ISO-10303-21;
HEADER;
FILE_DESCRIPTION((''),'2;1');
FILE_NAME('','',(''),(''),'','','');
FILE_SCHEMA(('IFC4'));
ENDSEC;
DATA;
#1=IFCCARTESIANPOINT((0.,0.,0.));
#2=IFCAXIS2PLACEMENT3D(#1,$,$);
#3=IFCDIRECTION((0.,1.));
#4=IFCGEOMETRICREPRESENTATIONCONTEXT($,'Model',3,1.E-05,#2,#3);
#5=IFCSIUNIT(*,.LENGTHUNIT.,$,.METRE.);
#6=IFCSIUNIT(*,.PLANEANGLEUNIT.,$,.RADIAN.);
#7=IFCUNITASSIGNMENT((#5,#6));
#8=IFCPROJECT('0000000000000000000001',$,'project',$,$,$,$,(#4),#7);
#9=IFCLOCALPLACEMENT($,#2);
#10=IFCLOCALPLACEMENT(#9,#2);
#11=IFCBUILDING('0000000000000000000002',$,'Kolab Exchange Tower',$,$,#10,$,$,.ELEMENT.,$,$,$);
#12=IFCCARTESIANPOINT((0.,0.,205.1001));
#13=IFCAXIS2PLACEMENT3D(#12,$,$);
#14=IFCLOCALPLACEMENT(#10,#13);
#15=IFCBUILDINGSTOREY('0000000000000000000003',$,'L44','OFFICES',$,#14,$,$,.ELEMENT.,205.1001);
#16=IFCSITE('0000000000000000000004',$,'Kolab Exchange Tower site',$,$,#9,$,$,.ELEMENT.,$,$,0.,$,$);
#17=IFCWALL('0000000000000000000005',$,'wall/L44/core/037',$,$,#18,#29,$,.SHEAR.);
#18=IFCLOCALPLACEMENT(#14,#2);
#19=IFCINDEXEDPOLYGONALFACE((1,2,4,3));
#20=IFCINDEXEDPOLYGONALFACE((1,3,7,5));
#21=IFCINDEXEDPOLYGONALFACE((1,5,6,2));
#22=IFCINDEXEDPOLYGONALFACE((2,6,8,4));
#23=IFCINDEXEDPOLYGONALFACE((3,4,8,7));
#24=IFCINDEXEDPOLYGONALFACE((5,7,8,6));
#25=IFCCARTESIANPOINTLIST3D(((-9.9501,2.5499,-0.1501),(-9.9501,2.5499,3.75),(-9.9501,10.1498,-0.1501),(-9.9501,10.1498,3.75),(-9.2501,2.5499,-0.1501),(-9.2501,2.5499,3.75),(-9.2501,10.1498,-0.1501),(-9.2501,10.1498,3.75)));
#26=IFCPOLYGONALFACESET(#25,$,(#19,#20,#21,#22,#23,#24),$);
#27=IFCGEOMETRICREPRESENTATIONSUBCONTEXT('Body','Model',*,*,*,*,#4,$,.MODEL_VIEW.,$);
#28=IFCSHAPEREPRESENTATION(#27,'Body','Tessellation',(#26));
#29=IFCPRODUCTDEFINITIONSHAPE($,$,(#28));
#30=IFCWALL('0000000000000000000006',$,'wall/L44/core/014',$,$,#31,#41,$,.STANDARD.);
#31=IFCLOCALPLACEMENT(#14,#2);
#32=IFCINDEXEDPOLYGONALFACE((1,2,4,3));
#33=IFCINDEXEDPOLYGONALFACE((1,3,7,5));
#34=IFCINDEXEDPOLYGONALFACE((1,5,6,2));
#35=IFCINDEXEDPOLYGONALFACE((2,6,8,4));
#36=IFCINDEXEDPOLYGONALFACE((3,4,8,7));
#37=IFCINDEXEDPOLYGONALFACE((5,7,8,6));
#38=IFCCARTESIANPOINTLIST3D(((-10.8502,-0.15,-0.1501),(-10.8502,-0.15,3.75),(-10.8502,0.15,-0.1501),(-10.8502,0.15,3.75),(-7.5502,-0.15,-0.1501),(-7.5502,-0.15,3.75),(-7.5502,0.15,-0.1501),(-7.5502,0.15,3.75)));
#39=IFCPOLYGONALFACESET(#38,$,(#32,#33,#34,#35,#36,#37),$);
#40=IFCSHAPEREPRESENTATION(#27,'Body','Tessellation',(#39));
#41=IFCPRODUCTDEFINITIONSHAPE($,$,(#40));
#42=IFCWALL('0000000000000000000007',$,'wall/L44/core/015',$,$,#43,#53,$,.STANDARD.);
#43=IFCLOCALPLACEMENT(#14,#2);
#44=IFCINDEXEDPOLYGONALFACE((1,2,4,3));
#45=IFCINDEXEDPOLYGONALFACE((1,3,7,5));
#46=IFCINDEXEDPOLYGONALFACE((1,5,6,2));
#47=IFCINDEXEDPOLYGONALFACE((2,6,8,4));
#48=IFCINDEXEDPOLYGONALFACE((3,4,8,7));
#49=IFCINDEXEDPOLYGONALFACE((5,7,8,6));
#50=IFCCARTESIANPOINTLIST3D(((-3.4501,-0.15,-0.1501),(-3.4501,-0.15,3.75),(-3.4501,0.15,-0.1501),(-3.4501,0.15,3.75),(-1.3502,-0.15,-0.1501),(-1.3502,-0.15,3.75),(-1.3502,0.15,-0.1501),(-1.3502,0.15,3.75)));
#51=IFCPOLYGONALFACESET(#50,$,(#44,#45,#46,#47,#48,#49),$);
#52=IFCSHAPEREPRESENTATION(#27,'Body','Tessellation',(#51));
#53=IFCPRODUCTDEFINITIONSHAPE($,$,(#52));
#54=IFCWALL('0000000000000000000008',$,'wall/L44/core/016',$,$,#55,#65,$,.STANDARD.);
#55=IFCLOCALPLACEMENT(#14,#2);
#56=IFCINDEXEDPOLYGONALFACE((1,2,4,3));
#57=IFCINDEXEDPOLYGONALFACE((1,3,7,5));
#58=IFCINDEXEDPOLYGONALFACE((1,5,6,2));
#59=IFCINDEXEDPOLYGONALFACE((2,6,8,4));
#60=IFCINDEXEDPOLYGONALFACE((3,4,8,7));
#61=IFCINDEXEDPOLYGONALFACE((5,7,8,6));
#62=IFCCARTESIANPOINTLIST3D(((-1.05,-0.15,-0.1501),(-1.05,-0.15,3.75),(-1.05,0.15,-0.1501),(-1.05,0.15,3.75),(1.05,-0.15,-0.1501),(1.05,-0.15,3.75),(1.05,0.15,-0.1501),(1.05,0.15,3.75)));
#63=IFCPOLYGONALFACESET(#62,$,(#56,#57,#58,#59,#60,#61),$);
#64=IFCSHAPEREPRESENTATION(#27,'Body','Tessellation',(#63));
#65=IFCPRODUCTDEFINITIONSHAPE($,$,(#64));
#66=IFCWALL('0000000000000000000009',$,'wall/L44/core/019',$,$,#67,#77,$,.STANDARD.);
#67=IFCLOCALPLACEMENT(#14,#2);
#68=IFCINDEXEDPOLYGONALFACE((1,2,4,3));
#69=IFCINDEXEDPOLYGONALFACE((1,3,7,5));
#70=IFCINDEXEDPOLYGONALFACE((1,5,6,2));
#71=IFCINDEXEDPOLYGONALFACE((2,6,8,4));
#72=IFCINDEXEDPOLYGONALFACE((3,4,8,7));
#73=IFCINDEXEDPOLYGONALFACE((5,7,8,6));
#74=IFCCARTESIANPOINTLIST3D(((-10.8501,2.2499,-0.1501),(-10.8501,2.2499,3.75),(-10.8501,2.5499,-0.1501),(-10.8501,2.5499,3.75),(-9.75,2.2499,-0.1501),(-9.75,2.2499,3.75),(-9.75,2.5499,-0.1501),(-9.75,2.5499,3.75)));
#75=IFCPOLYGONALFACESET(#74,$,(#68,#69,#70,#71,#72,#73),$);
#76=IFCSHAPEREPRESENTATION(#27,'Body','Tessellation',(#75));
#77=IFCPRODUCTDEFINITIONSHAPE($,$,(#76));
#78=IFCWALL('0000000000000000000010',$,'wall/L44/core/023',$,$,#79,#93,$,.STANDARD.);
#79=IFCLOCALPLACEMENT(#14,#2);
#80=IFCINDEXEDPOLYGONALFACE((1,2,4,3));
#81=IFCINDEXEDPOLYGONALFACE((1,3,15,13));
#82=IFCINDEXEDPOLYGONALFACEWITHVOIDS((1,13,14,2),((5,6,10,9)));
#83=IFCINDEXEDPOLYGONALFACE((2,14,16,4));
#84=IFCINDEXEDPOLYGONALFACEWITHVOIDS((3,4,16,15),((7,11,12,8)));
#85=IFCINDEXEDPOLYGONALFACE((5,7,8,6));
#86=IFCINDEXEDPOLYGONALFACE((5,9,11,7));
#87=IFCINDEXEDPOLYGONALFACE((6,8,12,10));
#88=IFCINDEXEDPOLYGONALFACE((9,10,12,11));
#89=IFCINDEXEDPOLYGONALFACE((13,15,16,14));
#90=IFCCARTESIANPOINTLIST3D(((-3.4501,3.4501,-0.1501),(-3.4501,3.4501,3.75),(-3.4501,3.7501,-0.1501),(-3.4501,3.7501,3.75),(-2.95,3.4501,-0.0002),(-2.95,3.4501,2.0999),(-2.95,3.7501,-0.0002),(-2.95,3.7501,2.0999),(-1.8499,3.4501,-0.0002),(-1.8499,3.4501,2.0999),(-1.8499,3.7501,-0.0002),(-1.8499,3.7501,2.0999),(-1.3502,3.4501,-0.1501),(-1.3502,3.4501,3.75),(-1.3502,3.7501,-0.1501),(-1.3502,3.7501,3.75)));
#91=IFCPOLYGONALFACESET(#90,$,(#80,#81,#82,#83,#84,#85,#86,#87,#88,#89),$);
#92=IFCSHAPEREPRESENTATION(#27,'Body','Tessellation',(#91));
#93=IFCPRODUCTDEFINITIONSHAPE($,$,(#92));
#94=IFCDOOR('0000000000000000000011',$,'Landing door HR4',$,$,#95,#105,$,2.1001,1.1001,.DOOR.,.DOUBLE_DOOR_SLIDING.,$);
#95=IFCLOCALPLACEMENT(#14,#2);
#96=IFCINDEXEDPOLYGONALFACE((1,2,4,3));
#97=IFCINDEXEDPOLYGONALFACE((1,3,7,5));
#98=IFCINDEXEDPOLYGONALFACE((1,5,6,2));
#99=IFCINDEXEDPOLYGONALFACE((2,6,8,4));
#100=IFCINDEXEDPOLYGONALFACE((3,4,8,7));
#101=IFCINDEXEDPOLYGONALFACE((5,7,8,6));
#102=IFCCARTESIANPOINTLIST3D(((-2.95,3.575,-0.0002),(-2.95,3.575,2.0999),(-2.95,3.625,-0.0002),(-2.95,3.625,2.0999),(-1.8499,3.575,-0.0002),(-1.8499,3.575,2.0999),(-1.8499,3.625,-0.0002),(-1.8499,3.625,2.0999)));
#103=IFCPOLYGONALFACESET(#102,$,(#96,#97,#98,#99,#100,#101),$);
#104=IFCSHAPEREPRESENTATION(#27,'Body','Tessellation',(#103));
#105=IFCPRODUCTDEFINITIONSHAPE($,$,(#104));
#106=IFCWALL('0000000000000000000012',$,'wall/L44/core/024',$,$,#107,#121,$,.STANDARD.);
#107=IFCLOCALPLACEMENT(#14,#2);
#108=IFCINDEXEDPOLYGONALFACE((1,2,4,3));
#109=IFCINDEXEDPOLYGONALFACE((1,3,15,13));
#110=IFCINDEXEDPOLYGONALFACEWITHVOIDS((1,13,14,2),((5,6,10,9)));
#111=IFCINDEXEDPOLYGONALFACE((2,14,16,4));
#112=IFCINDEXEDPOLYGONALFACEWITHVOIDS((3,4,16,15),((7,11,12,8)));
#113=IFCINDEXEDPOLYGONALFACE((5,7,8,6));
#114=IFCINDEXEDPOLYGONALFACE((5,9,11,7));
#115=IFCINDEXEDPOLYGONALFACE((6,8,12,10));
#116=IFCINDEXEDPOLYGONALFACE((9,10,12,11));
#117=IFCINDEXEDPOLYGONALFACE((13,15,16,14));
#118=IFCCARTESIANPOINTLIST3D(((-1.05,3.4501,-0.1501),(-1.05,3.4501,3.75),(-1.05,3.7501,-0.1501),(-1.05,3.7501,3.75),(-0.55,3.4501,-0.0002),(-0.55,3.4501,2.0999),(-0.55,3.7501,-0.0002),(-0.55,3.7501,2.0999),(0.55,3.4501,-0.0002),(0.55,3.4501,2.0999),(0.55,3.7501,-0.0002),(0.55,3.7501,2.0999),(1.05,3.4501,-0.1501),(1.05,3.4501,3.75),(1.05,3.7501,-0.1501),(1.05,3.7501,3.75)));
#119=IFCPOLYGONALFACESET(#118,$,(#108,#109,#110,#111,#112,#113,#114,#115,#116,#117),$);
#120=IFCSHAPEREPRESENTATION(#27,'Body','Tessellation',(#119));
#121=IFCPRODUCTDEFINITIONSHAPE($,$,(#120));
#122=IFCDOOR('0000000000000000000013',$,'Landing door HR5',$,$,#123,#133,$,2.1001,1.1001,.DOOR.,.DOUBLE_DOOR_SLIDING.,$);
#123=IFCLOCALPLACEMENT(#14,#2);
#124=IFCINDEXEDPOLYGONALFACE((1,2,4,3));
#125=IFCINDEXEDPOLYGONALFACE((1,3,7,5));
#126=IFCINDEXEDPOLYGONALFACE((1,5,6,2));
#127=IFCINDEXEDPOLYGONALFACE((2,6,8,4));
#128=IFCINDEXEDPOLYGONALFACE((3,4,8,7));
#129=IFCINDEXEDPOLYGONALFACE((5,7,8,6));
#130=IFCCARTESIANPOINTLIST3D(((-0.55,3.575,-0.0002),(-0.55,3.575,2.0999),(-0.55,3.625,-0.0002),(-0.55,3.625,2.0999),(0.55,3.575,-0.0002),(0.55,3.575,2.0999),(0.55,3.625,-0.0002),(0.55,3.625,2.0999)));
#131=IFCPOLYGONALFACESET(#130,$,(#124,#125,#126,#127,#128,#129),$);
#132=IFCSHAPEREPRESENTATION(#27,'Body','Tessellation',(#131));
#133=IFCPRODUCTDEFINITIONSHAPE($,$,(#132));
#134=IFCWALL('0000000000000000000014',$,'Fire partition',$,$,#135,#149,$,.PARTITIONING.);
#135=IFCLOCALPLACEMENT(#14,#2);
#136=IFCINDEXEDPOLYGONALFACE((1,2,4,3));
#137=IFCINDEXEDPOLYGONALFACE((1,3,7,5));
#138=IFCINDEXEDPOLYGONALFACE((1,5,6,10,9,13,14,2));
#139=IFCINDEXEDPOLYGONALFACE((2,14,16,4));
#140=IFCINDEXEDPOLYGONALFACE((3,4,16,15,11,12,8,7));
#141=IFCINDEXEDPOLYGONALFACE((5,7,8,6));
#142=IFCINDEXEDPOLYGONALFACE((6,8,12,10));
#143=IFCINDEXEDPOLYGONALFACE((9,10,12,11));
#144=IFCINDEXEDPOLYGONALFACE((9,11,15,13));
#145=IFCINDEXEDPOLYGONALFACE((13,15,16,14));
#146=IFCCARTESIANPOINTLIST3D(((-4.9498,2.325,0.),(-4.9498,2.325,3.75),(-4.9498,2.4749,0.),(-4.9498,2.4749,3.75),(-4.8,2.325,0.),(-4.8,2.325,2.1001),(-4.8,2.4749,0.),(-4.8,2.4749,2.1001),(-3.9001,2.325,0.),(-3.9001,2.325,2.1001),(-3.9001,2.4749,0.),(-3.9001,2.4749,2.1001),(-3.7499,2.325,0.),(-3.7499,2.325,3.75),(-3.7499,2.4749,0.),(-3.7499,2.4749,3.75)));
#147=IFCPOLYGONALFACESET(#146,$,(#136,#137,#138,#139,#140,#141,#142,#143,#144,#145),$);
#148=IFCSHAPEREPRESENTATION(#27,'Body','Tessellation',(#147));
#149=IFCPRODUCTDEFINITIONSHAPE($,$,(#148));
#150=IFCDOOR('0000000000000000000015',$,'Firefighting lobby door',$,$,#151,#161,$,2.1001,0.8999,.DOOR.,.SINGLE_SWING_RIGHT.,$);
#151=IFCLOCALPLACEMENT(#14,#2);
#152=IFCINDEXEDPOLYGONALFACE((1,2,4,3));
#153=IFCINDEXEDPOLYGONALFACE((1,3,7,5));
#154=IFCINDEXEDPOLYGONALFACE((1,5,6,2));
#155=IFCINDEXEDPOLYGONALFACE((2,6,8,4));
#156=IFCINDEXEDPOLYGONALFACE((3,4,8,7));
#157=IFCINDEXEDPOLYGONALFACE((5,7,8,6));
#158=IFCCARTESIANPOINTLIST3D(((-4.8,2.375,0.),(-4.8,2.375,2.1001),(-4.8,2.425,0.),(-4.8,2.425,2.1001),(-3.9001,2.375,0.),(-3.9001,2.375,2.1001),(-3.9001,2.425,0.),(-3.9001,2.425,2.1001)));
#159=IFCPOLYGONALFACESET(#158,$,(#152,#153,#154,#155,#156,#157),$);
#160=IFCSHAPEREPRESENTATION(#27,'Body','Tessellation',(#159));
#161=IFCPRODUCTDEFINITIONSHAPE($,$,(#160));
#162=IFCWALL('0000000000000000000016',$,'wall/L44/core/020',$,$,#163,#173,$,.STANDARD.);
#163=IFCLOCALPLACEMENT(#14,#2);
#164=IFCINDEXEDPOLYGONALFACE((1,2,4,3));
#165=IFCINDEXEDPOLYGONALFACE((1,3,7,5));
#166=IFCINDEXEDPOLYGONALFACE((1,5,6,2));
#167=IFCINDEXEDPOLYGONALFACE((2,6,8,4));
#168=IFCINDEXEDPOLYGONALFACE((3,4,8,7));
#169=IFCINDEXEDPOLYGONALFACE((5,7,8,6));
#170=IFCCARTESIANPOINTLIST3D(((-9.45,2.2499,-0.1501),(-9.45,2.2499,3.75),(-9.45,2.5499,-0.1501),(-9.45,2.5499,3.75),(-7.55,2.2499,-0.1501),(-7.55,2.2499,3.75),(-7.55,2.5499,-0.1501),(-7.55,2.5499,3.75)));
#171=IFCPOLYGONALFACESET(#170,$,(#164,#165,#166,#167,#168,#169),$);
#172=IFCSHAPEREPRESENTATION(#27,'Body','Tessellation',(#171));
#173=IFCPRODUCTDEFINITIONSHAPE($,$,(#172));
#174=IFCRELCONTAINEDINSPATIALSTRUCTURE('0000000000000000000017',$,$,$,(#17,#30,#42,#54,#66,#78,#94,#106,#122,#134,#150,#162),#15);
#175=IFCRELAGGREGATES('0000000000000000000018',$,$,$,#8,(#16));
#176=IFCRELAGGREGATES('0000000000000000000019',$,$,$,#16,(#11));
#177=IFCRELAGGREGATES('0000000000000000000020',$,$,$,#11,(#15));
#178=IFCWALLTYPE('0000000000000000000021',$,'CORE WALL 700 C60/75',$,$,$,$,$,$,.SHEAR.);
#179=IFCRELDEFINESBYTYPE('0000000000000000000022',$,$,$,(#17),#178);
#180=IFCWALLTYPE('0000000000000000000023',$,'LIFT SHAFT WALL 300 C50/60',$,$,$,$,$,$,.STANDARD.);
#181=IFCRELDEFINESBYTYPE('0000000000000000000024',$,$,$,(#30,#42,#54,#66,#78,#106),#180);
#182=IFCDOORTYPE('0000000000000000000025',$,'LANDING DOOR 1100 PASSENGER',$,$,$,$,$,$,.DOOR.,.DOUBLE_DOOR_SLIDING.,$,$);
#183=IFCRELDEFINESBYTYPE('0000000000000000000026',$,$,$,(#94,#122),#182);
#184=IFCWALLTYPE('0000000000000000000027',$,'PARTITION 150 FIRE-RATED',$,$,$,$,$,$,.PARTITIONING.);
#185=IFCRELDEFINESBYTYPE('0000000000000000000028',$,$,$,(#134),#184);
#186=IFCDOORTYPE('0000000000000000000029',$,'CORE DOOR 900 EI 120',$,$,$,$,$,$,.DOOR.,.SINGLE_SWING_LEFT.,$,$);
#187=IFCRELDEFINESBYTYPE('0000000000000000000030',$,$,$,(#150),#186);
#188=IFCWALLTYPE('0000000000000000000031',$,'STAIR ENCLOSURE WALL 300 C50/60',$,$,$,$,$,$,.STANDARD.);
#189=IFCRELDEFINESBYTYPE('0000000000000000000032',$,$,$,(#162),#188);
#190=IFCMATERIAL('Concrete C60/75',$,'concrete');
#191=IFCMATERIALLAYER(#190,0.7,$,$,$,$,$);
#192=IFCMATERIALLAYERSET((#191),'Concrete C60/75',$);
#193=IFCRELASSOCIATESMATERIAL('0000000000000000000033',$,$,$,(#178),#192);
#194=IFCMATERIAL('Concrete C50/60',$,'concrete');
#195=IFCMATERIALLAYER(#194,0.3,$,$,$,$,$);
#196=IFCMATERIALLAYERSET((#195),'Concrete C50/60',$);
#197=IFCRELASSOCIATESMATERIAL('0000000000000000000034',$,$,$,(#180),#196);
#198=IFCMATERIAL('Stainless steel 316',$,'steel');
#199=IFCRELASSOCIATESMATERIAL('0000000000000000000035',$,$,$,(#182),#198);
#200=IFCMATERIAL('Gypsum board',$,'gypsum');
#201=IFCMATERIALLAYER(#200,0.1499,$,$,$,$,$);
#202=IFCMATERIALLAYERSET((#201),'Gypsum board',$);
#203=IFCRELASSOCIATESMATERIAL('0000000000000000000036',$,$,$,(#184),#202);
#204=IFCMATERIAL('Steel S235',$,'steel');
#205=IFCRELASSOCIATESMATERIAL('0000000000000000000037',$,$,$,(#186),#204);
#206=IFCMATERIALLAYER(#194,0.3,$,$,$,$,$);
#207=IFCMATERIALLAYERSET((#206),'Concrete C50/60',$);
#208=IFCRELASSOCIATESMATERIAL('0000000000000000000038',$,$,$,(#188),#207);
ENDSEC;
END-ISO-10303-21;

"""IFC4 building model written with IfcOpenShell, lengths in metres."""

from ifc_helpers import new_model, si_unit, direction, frame, frame_2d, origin, place, context, subcontext, project, spatial, rectangle, extrude, material, layer, layer_set, type_object, element, fill, save


model = new_model("IFC4")

# Units and contexts
model_context = context("Model", 3, precision=1e-05, world=origin(), true_north=direction((0.0, 1.0)))
body_context = subcontext(model_context, "Body", "Model", "MODEL_VIEW")
ifc_project = project(units=[si_unit("LENGTHUNIT", "METRE"), si_unit("PLANEANGLEUNIT", "RADIAN")], contexts=[model_context])

# Site, building, storey
site_placement = place(None, origin())
site = spatial("IfcSite", under=ifc_project, at=site_placement, Name="Kolab Exchange Tower site", CompositionType="ELEMENT", RefElevation=0.0)
building_placement = place(site_placement, origin())
building = spatial("IfcBuilding", under=site, at=building_placement, Name="Kolab Exchange Tower", CompositionType="ELEMENT")
storey_placement = place(building_placement, frame((0.0, 0.0, 205.1001)))
storey = spatial("IfcBuildingStorey", under=building, at=storey_placement, Name="L44", Description="OFFICES", CompositionType="ELEMENT", Elevation=205.1001)

# Walls
ifc_material_1 = material(Name="Concrete C60/75", Category="concrete")
ifc_layer_1 = layer(ifc_material_1, 0.7)
ifc_layer_set_1 = layer_set([ifc_layer_1], Name="Concrete C60/75")
wall_type_1 = type_object("IfcWallType", Name="CORE WALL 700 C60/75", PredefinedType="SHEAR", material=ifc_layer_set_1)
wall_1_placement = place(storey_placement, frame((-9.6001, 2.55, -0.1501), z_axis=(0.0, 0.0, 1.0), x_axis=(0.0, 1.0, 0.0)))
element("IfcWall", 1, at=wall_1_placement, inside=storey, type_object=wall_type_1, Name="wall/L44/core/037", PredefinedType="SHEAR", context=body_context, shape_type="SweptSolid", body=[
    extrude(rectangle(XDim=7.5999, YDim=0.7, at=frame_2d((3.7998, 0.0))), origin(), (0.0, 0.0, 1.0), 3.9001),
])
ifc_material_2 = material(Name="Concrete C50/60", Category="concrete")
ifc_layer_2 = layer(ifc_material_2, 0.3)
ifc_layer_set_2 = layer_set([ifc_layer_2], Name="Concrete C50/60")
wall_type_2 = type_object("IfcWallType", Name="LIFT SHAFT WALL 300 C50/60", PredefinedType="STANDARD", material=ifc_layer_set_2)
wall_2_placement = place(storey_placement, frame((-10.8501, 0.0, -0.1501), z_axis=(0.0, 0.0, 1.0), x_axis=(1.0, 0.0, 0.0)))
element("IfcWall", 2, at=wall_2_placement, inside=storey, type_object=wall_type_2, Name="wall/L44/core/014", PredefinedType="STANDARD", context=body_context, shape_type="SweptSolid", body=[
    extrude(rectangle(XDim=3.3, YDim=0.3, at=frame_2d((1.6499, 0.0))), origin(), (0.0, 0.0, 1.0), 3.9001),
])
wall_3_placement = place(storey_placement, frame((-3.45, 0.0, -0.1501), z_axis=(0.0, 0.0, 1.0), x_axis=(1.0, 0.0, 0.0)))
element("IfcWall", 3, at=wall_3_placement, inside=storey, type_object=wall_type_2, Name="wall/L44/core/015", PredefinedType="STANDARD", context=body_context, shape_type="SweptSolid", body=[
    extrude(rectangle(XDim=2.0999, YDim=0.3, at=frame_2d((1.0498, 0.0))), origin(), (0.0, 0.0, 1.0), 3.9001),
])
wall_4_placement = place(storey_placement, frame((-1.05, 0.0, -0.1501), z_axis=(0.0, 0.0, 1.0), x_axis=(1.0, 0.0, 0.0)))
element("IfcWall", 4, at=wall_4_placement, inside=storey, type_object=wall_type_2, Name="wall/L44/core/016", PredefinedType="STANDARD", context=body_context, shape_type="SweptSolid", body=[
    extrude(rectangle(XDim=2.1001, YDim=0.3, at=frame_2d((1.05, 0.0))), origin(), (0.0, 0.0, 1.0), 3.9001),
])
wall_5_placement = place(storey_placement, frame((-10.8501, 2.3999, -0.1501), z_axis=(0.0, 0.0, 1.0), x_axis=(1.0, 0.0, 0.0)))
element("IfcWall", 5, at=wall_5_placement, inside=storey, type_object=wall_type_2, Name="wall/L44/core/019", PredefinedType="STANDARD", context=body_context, shape_type="SweptSolid", body=[
    extrude(rectangle(XDim=1.1001, YDim=0.3, at=frame_2d((0.55, 0.0))), origin(), (0.0, 0.0, 1.0), 3.9001),
])

# Walls, openings, doors
wall_6_placement = place(storey_placement, frame((-3.45, 3.6001, -0.1501), z_axis=(0.0, 0.0, 1.0), x_axis=(1.0, 0.0, 0.0)))
wall_6 = element("IfcWall", 6, at=wall_6_placement, inside=storey, type_object=wall_type_2, Name="wall/L44/core/023", PredefinedType="STANDARD", context=body_context, shape_type="SweptSolid", body=[
    extrude(rectangle(XDim=2.0999, YDim=0.3, at=frame_2d((1.0498, 0.0))), origin(), (0.0, 0.0, 1.0), 3.9001),
])
opening_1_placement = place(wall_6_placement, frame((0.5, 0.0, 0.1499)))
opening_1 = element("IfcOpeningElement", 7, at=opening_1_placement, cuts=wall_6, PredefinedType="OPENING", context=body_context, shape_type="SweptSolid", body=[
    extrude(rectangle(XDim=1.1001, YDim=2.1001, at=frame_2d((0.55, 1.05))), frame((0.0, 0.1602, 0.0), z_axis=(0.0, -1.0, 0.0), x_axis=(1.0, 0.0, 0.0)), (0.0, 0.0, 1.0), 0.3201),
])
ifc_material_3 = material(Name="Stainless steel 316", Category="steel")
door_type_1 = type_object("IfcDoorType", Name="LANDING DOOR 1100 PASSENGER", OperationType="DOUBLE_DOOR_SLIDING", PredefinedType="DOOR", material=ifc_material_3)
door_1_placement = place(opening_1_placement, origin())
door_1 = element("IfcDoor", 8, at=door_1_placement, inside=storey, type_object=door_type_1, Name="Landing door HR4", OperationType="DOUBLE_DOOR_SLIDING", OverallHeight=2.1001, OverallWidth=1.1001, PredefinedType="DOOR", context=body_context, shape_type="SweptSolid", body=[
    extrude(rectangle(XDim=1.1001, YDim=2.1001, at=frame_2d((0.55, 1.05))), frame((0.0, 0.0249, 0.0), z_axis=(0.0, -1.0, 0.0), x_axis=(1.0, 0.0, 0.0)), (0.0, 0.0, 1.0), 0.05),
])
fill(opening_1, door_1)
wall_7_placement = place(storey_placement, frame((-1.05, 3.6001, -0.1501), z_axis=(0.0, 0.0, 1.0), x_axis=(1.0, 0.0, 0.0)))
wall_7 = element("IfcWall", 9, at=wall_7_placement, inside=storey, type_object=wall_type_2, Name="wall/L44/core/024", PredefinedType="STANDARD", context=body_context, shape_type="SweptSolid", body=[
    extrude(rectangle(XDim=2.1001, YDim=0.3, at=frame_2d((1.05, 0.0))), origin(), (0.0, 0.0, 1.0), 3.9001),
])
opening_2_placement = place(wall_7_placement, frame((0.5, 0.0, 0.1499)))
opening_2 = element("IfcOpeningElement", 10, at=opening_2_placement, cuts=wall_7, PredefinedType="OPENING", context=body_context, shape_type="SweptSolid", body=[
    extrude(rectangle(XDim=1.1001, YDim=2.1001, at=frame_2d((0.55, 1.05))), frame((0.0, 0.1602, 0.0), z_axis=(0.0, -1.0, 0.0), x_axis=(1.0, 0.0, 0.0)), (0.0, 0.0, 1.0), 0.3201),
])
door_2_placement = place(opening_2_placement, origin())
door_2 = element("IfcDoor", 11, at=door_2_placement, inside=storey, type_object=door_type_1, Name="Landing door HR5", OperationType="DOUBLE_DOOR_SLIDING", OverallHeight=2.1001, OverallWidth=1.1001, PredefinedType="DOOR", context=body_context, shape_type="SweptSolid", body=[
    extrude(rectangle(XDim=1.1001, YDim=2.1001, at=frame_2d((0.55, 1.05))), frame((0.0, 0.0249, 0.0), z_axis=(0.0, -1.0, 0.0), x_axis=(1.0, 0.0, 0.0)), (0.0, 0.0, 1.0), 0.05),
])
fill(opening_2, door_2)
ifc_material_4 = material(Name="Gypsum board", Category="gypsum")
ifc_layer_3 = layer(ifc_material_4, 0.1499)
ifc_layer_set_3 = layer_set([ifc_layer_3], Name="Gypsum board")
wall_type_3 = type_object("IfcWallType", Name="PARTITION 150 FIRE-RATED", PredefinedType="PARTITIONING", material=ifc_layer_set_3)
wall_8_placement = place(storey_placement, frame((-4.95, 2.3999, 0.0), z_axis=(0.0, 0.0, 1.0), x_axis=(1.0, 0.0, 0.0)))
wall_8 = element("IfcWall", 12, at=wall_8_placement, inside=storey, type_object=wall_type_3, Name="Fire partition", PredefinedType="PARTITIONING", context=body_context, shape_type="SweptSolid", body=[
    extrude(rectangle(XDim=1.2, YDim=0.1499, at=frame_2d((0.6001, 0.0))), origin(), (0.0, 0.0, 1.0), 3.75),
])
opening_3_placement = place(wall_8_placement, frame((0.1499, 0.0, 0.0)))
opening_3 = element("IfcOpeningElement", 13, at=opening_3_placement, cuts=wall_8, PredefinedType="OPENING", context=body_context, shape_type="SweptSolid", body=[
    extrude(rectangle(XDim=0.8999, YDim=2.1001, at=frame_2d((0.45, 1.05))), frame((0.0, 0.085, 0.0), z_axis=(0.0, -1.0, 0.0), x_axis=(1.0, 0.0, 0.0)), (0.0, 0.0, 1.0), 0.1699),
])
ifc_material_5 = material(Name="Steel S235", Category="steel")
door_type_2 = type_object("IfcDoorType", Name="CORE DOOR 900 EI 120", OperationType="SINGLE_SWING_LEFT", PredefinedType="DOOR", material=ifc_material_5)
door_3_placement = place(opening_3_placement, frame((0.8999, 0.0, 0.0), z_axis=(0.0, 0.0, 1.0), x_axis=(-1.0, 0.0, 0.0)))
door_3 = element("IfcDoor", 14, at=door_3_placement, inside=storey, type_object=door_type_2, Name="Firefighting lobby door", OperationType="SINGLE_SWING_RIGHT", OverallHeight=2.1001, OverallWidth=0.8999, PredefinedType="DOOR", context=body_context, shape_type="SweptSolid", body=[
    extrude(rectangle(XDim=0.8999, YDim=2.1001, at=frame_2d((0.45, 1.05))), frame((0.0, 0.0249, 0.0), z_axis=(0.0, -1.0, 0.0), x_axis=(1.0, 0.0, 0.0)), (0.0, 0.0, 1.0), 0.05),
])
fill(opening_3, door_3)

# Wall
ifc_layer_4 = layer(ifc_material_2, 0.3)
ifc_layer_set_4 = layer_set([ifc_layer_4], Name="Concrete C50/60")
wall_type_4 = type_object("IfcWallType", Name="STAIR ENCLOSURE WALL 300 C50/60", PredefinedType="STANDARD", material=ifc_layer_set_4)
wall_9_placement = place(storey_placement, frame((-9.45, 2.3999, -0.1501), z_axis=(0.0, 0.0, 1.0), x_axis=(1.0, 0.0, 0.0)))
element("IfcWall", 15, at=wall_9_placement, inside=storey, type_object=wall_type_4, Name="wall/L44/core/020", PredefinedType="STANDARD", context=body_context, shape_type="SweptSolid", body=[
    extrude(rectangle(XDim=1.8999, YDim=0.3, at=frame_2d((0.95, 0.0))), origin(), (0.0, 0.0, 1.0), 3.9001),
])

save(model, "model.ifc")
